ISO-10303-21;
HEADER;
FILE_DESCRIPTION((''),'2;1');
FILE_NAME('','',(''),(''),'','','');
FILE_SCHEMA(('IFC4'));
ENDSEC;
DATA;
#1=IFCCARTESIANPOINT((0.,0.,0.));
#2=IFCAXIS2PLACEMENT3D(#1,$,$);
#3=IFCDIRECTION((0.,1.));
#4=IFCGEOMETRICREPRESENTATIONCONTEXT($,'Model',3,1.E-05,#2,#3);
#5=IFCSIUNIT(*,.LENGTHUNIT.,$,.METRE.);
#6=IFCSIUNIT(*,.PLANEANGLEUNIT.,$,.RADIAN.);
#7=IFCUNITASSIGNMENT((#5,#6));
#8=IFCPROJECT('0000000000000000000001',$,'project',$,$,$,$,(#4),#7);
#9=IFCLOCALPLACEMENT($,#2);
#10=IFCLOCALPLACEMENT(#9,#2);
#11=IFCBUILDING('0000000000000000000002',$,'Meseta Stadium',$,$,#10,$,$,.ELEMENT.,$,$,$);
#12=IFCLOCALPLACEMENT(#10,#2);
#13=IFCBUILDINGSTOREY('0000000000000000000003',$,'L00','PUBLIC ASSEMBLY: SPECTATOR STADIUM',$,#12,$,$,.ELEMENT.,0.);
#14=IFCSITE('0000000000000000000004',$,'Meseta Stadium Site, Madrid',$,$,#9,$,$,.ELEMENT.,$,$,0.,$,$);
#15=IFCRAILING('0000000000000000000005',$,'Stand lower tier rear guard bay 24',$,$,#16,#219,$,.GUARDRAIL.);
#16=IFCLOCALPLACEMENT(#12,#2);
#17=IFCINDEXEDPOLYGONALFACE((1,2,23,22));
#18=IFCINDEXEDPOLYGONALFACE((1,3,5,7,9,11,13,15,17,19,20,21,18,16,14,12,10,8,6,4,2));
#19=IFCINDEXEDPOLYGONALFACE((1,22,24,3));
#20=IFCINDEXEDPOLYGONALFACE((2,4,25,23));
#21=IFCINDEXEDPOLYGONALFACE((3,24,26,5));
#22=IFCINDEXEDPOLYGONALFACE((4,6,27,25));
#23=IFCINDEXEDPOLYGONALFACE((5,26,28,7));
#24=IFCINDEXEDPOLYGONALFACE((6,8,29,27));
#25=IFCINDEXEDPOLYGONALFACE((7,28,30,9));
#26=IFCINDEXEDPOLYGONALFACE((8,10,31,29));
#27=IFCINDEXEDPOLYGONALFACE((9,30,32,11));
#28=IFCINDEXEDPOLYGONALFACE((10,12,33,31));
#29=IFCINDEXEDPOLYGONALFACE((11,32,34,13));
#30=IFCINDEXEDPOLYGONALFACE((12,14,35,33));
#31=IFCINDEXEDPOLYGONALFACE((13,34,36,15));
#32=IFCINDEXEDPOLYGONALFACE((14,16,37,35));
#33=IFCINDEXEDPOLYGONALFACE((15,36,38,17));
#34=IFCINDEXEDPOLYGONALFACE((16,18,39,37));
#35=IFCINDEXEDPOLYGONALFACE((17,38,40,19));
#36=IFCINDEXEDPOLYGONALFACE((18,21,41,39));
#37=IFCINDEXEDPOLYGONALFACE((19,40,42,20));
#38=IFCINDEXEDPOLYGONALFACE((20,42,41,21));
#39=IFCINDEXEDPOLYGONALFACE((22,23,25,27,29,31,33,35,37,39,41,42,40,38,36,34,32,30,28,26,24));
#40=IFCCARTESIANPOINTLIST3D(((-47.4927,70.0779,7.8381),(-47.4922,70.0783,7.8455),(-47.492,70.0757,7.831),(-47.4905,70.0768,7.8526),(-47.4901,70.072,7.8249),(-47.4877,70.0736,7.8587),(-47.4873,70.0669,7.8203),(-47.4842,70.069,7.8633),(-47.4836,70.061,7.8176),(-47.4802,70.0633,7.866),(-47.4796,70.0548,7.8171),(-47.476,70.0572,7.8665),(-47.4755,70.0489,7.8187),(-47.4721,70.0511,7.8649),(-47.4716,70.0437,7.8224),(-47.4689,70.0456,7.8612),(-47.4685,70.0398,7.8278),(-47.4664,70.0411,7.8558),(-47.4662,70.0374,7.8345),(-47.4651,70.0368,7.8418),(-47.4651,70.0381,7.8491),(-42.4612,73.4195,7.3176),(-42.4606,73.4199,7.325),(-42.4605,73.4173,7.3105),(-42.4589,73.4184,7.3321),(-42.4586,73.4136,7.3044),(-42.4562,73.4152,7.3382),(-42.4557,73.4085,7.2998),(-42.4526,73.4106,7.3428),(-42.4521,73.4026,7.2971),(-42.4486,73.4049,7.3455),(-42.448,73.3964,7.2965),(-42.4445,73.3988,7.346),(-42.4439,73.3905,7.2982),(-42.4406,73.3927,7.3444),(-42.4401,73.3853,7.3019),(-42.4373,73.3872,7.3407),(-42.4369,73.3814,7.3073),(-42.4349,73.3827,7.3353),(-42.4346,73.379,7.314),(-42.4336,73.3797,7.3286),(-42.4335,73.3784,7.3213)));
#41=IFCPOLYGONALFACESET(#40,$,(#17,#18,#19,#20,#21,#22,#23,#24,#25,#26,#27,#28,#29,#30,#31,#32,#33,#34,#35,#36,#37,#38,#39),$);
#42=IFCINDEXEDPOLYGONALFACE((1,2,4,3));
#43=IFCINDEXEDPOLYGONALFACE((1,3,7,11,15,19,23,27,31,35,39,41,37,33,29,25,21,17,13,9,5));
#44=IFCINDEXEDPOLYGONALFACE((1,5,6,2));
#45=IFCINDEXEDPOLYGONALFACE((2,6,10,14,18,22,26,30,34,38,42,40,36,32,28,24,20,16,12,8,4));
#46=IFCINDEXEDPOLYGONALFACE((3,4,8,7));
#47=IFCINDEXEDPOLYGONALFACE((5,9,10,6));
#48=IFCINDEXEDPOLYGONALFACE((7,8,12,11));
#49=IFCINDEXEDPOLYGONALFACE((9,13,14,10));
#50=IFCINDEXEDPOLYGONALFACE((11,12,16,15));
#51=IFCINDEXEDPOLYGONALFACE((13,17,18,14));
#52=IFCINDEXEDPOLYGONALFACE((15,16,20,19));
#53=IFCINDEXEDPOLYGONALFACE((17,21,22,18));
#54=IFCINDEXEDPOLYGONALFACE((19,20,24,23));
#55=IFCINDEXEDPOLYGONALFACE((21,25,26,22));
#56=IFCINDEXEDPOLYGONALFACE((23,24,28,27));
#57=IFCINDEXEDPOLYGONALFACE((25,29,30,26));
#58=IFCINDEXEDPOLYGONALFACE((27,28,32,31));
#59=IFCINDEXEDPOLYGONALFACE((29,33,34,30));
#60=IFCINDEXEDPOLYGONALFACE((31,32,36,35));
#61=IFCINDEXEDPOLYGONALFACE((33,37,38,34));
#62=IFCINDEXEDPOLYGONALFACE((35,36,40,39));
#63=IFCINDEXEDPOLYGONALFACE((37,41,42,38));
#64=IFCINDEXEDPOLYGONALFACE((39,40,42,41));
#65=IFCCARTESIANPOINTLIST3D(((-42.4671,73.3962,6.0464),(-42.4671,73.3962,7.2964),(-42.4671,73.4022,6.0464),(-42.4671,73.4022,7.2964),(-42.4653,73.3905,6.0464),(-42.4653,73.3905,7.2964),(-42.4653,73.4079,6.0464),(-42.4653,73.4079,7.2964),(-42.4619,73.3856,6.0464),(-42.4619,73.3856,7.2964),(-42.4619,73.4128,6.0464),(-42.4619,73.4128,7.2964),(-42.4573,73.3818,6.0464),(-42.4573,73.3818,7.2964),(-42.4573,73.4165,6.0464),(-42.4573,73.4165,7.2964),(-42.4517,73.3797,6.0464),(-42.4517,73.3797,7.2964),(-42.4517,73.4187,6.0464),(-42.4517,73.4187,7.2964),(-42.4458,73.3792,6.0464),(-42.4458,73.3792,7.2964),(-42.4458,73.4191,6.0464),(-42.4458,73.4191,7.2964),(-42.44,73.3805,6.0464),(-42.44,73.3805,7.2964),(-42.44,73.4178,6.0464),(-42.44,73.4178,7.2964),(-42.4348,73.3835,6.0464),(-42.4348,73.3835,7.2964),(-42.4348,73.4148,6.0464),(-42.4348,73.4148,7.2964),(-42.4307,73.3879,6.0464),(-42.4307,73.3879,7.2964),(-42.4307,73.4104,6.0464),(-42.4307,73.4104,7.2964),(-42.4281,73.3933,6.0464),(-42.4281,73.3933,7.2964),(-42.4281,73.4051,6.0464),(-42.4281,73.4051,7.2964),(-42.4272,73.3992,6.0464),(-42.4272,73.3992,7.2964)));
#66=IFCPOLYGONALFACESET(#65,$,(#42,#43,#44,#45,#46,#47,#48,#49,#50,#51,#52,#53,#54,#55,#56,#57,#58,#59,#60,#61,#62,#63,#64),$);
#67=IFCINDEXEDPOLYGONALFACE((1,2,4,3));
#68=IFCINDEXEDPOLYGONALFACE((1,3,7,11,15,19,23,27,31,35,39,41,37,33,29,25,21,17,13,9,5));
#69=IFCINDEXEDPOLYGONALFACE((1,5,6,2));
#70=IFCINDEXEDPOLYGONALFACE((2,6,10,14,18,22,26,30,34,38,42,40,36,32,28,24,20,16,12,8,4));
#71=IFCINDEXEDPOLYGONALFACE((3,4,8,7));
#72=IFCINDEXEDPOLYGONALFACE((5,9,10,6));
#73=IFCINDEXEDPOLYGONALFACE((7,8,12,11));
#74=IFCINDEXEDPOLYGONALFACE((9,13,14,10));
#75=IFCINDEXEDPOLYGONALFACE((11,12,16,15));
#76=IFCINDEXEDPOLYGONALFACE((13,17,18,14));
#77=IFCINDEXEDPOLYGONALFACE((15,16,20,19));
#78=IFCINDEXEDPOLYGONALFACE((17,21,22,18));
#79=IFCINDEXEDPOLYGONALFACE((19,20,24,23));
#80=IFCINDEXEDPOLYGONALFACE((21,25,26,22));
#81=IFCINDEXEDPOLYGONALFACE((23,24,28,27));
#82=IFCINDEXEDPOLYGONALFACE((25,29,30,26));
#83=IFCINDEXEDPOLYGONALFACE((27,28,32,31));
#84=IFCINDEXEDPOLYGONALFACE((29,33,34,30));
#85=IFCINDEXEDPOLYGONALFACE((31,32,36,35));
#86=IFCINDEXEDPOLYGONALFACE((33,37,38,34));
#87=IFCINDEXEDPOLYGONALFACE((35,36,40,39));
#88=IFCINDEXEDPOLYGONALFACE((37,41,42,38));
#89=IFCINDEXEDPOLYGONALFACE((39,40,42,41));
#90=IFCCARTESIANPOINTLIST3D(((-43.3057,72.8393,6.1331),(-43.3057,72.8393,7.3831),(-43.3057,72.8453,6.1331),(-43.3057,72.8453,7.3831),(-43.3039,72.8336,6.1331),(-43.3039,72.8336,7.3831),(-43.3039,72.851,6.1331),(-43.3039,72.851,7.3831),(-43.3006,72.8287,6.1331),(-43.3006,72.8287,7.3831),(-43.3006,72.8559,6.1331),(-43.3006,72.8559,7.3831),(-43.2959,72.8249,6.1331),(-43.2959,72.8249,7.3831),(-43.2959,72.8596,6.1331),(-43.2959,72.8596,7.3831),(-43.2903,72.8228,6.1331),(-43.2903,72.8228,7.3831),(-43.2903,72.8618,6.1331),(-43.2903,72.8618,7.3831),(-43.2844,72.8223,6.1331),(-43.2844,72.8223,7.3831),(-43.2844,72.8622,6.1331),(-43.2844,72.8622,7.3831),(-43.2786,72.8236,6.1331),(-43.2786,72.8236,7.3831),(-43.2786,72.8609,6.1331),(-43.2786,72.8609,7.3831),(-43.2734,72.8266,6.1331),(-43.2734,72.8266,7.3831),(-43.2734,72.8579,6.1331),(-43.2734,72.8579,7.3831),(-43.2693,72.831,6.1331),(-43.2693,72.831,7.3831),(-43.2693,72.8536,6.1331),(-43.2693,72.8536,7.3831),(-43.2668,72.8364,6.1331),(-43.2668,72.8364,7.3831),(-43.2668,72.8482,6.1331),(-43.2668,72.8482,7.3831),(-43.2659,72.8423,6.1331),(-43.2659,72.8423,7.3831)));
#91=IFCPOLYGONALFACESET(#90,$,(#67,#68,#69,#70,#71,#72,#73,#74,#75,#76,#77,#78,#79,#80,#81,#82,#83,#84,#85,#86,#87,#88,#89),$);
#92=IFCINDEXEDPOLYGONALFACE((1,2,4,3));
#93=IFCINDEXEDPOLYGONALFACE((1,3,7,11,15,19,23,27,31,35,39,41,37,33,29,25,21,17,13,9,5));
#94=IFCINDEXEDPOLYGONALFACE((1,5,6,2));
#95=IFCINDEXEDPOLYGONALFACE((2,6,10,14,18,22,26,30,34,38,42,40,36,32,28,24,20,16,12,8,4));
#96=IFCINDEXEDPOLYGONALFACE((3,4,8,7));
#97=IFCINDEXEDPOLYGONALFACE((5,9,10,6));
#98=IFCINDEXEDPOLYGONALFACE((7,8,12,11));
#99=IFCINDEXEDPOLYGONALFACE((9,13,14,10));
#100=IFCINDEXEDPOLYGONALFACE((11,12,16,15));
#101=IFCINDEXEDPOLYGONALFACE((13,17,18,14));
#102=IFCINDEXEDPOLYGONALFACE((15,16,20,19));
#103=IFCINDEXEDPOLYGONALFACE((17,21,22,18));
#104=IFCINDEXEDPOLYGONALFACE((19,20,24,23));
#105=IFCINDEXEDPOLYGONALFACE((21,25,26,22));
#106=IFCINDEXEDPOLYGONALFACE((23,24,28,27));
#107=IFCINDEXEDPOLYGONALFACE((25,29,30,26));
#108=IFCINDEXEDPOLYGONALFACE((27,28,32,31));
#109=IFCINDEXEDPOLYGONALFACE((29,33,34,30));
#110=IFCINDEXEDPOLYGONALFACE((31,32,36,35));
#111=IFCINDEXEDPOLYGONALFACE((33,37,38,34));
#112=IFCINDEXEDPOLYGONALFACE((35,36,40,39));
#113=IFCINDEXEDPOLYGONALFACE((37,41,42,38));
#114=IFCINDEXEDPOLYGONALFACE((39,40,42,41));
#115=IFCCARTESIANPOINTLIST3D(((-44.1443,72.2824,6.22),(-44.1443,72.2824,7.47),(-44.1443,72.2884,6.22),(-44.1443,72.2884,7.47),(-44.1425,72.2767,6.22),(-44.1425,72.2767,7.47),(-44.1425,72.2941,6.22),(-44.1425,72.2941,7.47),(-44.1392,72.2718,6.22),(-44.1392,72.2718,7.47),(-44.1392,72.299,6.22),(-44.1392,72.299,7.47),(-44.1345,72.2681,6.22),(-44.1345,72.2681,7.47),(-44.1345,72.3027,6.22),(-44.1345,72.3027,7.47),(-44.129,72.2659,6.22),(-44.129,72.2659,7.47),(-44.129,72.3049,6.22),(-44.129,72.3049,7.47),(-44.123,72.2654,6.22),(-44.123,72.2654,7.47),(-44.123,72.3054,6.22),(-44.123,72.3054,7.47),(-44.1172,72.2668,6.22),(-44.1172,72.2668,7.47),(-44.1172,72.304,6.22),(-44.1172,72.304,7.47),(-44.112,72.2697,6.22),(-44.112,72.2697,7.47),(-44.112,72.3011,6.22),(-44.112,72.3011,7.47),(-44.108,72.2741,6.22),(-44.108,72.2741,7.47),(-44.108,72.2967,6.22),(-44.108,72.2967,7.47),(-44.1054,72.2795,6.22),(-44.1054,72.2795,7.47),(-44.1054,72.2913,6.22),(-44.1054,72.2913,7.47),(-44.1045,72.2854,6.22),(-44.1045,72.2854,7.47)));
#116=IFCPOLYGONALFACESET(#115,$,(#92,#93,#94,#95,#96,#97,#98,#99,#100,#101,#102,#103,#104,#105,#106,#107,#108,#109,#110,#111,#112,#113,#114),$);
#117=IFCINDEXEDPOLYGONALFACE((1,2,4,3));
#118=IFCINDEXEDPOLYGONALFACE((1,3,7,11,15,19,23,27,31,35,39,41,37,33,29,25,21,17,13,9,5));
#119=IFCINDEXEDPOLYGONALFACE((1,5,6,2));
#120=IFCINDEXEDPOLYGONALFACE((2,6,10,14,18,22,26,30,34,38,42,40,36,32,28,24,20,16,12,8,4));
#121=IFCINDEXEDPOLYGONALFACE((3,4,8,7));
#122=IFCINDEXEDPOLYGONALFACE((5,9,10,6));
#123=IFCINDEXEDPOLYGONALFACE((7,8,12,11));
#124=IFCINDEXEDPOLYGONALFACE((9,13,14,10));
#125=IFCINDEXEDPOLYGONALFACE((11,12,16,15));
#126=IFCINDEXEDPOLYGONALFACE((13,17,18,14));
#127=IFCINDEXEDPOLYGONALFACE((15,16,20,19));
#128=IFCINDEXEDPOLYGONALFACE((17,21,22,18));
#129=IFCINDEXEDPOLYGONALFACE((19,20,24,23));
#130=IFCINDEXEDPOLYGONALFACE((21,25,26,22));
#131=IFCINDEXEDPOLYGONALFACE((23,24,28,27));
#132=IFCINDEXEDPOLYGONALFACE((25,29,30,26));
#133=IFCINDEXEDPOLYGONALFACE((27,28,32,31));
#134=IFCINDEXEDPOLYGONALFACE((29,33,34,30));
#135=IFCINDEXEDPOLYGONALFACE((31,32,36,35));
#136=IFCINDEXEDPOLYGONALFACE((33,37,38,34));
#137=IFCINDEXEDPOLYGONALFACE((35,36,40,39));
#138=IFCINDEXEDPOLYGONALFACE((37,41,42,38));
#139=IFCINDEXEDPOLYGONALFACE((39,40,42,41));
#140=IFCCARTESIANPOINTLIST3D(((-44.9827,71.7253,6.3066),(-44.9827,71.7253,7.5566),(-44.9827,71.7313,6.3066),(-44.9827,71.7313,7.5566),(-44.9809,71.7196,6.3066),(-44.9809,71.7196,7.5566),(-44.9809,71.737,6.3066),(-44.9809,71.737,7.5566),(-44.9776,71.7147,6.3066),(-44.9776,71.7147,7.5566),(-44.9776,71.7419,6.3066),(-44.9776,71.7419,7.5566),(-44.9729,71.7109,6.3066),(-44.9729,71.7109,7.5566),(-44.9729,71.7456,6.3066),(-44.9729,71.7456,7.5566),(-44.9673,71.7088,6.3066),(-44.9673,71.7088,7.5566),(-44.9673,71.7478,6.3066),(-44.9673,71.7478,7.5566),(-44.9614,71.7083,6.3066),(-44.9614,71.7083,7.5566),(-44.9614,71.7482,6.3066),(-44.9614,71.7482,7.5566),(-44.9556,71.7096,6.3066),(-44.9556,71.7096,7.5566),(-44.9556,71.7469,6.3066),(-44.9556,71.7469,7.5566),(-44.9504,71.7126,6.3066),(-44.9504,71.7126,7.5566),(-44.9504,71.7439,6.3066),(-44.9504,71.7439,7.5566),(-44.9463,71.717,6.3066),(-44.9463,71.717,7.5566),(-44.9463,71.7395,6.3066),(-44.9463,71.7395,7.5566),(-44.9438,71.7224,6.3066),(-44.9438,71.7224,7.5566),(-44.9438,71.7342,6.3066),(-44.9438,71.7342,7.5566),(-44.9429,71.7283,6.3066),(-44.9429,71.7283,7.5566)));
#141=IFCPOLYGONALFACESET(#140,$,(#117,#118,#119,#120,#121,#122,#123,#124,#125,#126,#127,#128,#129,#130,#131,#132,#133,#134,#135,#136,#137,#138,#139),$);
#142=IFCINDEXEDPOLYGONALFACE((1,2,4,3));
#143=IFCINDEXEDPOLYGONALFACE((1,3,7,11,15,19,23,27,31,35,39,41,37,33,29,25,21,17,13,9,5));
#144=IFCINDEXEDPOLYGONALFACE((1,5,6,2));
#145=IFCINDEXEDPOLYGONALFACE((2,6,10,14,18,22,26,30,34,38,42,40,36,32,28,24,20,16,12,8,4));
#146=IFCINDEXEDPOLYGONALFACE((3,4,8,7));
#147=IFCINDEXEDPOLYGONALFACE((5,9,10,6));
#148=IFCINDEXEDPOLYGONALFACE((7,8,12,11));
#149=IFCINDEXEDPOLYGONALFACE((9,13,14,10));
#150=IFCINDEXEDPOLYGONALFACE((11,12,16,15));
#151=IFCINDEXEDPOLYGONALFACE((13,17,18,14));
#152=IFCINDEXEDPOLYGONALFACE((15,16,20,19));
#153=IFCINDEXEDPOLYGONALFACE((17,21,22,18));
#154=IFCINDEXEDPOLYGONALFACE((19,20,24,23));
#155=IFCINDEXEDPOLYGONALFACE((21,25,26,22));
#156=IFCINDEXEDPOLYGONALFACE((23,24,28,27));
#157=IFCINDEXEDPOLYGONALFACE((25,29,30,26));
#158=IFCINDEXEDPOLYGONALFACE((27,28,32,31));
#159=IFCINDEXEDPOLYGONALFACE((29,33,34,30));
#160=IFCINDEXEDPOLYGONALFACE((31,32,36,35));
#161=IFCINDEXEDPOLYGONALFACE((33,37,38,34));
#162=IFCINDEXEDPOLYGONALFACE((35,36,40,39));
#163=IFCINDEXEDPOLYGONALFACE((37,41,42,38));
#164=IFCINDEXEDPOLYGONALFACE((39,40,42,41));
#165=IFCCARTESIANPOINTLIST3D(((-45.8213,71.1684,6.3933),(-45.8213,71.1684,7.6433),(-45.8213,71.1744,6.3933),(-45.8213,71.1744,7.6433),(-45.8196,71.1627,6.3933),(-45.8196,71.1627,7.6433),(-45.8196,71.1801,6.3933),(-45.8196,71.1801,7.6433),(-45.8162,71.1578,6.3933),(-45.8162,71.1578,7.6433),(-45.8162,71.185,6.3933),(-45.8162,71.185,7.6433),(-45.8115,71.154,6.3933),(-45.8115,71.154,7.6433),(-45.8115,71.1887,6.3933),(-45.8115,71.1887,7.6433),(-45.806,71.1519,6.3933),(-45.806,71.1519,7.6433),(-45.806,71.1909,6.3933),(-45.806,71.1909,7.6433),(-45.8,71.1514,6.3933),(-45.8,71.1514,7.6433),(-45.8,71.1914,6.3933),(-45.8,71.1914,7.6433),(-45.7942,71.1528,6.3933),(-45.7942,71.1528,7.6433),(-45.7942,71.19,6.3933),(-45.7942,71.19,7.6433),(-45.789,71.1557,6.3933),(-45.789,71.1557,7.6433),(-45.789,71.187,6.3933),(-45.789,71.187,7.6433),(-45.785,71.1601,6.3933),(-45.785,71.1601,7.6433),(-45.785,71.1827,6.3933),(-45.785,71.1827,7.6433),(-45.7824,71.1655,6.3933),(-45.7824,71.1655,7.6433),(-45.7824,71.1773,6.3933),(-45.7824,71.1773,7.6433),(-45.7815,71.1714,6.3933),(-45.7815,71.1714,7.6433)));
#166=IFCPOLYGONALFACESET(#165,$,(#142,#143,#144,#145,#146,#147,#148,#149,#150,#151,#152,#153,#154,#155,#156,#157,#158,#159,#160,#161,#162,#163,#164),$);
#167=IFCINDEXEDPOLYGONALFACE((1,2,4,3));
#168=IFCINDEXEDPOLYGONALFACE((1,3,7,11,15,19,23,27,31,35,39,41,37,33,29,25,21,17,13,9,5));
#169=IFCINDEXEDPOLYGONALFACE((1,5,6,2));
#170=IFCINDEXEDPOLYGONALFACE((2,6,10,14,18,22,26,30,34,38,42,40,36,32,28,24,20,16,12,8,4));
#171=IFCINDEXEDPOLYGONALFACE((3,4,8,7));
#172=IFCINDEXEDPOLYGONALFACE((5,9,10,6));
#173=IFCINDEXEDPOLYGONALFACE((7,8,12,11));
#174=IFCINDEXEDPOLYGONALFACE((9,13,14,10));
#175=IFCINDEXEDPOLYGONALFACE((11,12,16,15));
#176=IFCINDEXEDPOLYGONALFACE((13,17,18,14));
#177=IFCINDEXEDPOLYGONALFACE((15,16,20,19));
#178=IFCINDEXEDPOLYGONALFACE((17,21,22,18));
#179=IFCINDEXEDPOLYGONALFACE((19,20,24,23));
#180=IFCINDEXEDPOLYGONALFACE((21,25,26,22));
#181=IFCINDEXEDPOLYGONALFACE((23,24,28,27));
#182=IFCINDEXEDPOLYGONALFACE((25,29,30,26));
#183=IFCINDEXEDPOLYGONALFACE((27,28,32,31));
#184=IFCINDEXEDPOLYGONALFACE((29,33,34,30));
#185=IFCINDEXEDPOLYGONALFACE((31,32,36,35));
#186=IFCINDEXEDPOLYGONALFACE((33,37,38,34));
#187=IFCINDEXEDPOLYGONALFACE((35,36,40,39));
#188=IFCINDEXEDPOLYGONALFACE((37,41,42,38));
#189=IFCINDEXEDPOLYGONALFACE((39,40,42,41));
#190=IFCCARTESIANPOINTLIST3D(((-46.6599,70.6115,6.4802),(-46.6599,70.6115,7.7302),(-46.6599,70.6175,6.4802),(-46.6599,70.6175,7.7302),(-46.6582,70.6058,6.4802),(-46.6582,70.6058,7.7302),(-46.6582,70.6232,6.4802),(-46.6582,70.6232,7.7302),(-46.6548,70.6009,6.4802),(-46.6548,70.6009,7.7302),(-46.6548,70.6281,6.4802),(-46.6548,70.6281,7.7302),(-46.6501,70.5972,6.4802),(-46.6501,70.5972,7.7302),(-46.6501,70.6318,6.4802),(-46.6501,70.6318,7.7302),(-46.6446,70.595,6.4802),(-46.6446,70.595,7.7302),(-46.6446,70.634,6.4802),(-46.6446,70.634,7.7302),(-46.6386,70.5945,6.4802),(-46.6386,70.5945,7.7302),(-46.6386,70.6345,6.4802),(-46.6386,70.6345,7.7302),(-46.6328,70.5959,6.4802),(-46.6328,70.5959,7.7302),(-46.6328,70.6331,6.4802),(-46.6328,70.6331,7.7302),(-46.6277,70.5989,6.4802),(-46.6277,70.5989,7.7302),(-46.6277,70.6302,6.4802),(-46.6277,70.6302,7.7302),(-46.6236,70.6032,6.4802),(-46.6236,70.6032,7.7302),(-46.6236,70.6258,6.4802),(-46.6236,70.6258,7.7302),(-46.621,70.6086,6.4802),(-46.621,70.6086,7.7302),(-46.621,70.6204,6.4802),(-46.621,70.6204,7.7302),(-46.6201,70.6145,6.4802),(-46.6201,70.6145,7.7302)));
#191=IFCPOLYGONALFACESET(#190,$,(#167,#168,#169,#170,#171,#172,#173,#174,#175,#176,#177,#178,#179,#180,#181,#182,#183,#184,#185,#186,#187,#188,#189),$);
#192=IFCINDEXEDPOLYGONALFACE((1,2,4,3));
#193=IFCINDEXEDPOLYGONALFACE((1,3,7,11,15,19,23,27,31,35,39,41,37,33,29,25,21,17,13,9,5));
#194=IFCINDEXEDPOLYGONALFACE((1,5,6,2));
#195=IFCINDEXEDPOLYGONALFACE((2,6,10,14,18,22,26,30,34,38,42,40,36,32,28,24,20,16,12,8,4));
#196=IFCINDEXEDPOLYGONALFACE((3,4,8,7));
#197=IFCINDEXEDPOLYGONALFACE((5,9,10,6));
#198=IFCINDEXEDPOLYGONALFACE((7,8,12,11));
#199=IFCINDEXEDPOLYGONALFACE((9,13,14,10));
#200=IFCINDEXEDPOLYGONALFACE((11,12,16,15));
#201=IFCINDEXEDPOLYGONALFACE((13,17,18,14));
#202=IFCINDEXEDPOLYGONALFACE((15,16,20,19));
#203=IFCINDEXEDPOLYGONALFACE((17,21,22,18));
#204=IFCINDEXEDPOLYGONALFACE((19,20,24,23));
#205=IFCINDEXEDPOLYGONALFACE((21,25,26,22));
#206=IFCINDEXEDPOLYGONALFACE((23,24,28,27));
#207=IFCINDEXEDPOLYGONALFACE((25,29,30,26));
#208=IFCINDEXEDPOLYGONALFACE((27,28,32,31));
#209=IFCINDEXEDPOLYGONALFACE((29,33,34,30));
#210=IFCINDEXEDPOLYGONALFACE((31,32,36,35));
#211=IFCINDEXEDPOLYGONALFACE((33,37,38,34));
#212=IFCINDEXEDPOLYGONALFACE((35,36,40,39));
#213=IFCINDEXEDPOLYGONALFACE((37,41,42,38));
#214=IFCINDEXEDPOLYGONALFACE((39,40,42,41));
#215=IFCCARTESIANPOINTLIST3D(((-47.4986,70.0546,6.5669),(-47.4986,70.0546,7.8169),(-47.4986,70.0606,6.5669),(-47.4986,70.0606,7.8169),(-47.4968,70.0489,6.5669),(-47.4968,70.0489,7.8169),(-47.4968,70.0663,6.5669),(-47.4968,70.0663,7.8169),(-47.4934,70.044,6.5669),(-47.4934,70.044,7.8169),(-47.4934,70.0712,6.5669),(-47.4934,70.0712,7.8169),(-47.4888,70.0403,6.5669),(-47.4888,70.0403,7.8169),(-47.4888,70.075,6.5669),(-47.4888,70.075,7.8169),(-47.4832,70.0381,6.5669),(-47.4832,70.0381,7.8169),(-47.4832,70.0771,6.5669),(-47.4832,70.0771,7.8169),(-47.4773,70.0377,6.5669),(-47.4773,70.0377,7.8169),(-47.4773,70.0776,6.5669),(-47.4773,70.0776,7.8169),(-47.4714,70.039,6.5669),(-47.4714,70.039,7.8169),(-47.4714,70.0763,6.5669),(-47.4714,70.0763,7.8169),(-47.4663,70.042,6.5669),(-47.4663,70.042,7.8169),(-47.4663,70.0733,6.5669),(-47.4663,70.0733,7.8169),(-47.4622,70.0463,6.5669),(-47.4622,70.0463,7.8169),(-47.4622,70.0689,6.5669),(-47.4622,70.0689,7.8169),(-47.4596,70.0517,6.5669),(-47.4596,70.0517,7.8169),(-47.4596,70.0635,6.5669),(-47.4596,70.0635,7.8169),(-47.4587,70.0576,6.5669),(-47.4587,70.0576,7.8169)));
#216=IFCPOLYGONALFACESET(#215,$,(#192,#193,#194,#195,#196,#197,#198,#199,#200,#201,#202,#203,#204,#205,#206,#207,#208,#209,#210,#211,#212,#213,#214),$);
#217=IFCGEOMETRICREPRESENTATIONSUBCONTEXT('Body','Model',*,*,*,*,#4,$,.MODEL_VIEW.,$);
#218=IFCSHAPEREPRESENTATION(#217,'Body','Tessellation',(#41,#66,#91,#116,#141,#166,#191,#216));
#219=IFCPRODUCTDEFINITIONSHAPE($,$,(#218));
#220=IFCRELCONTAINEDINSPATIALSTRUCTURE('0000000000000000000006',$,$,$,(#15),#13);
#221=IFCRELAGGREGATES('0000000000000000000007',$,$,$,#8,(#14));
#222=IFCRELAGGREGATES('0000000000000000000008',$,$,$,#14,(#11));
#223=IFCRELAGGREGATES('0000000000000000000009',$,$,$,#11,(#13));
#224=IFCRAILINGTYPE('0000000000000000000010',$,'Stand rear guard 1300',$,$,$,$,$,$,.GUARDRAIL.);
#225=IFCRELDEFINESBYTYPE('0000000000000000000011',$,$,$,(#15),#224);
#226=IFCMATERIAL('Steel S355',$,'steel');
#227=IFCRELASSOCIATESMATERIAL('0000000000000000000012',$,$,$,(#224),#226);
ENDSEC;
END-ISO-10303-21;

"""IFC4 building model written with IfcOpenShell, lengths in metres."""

from ifc_helpers import new_model, si_unit, direction, frame, origin, origin_2d, place, context, subcontext, project, spatial, circle, extrude, material, type_object, element, save


model = new_model("IFC4")

# Units and contexts
model_context = context("Model", 3, precision=1e-05, world=origin(), true_north=direction((0.0, 1.0)))
body_context = subcontext(model_context, "Body", "Model", "MODEL_VIEW")
ifc_project = project(units=[si_unit("LENGTHUNIT", "METRE"), si_unit("PLANEANGLEUNIT", "RADIAN")], contexts=[model_context])

# Site, building, storey
site_placement = place(None, origin())
site = spatial("IfcSite", under=ifc_project, at=site_placement, Name="Meseta Stadium Site, Madrid", CompositionType="ELEMENT", RefElevation=0.0)
building_placement = place(site_placement, origin())
building = spatial("IfcBuilding", under=site, at=building_placement, Name="Meseta Stadium", CompositionType="ELEMENT")
storey_placement = place(building_placement, origin())
storey = spatial("IfcBuildingStorey", under=building, at=storey_placement, Name="L00", Description="PUBLIC ASSEMBLY: SPECTATOR STADIUM", CompositionType="ELEMENT", Elevation=0.0)

# Railing
ifc_material_1 = material(Name="Steel S355", Category="steel")
railing_type_1 = type_object("IfcRailingType", Name="Stand rear guard 1300", PredefinedType="GUARDRAIL", material=ifc_material_1)
railing_1_placement = place(storey_placement, frame((-42.4473, 73.3992, 6.0464)))
element("IfcRailing", 1, at=railing_1_placement, inside=storey, type_object=railing_type_1, Name="Stand lower tier rear guard bay 24", PredefinedType="GUARDRAIL", context=body_context, shape_type="SweptSolid", body=[
    extrude(circle(Radius=0.0249, at=origin_2d()), frame((0.0, 0.0, 1.2749), z_axis=(-0.829949, -0.551192, 0.085858), x_axis=(0.553235, -0.833025, 0.0)), (0.0, 0.0, 1.0), 6.0625),
    extrude(circle(Radius=0.02, at=origin_2d()), origin(), (0.0, 0.0, 1.0), 1.25),
    extrude(circle(Radius=0.02, at=origin_2d()), frame((-0.8386, -0.5569, 0.0867)), (0.0, 0.0, 1.0), 1.25),
    extrude(circle(Radius=0.02, at=origin_2d()), frame((-1.6772, -1.1138, 0.1736)), (0.0, 0.0, 1.0), 1.25),
    extrude(circle(Radius=0.02, at=origin_2d()), frame((-2.5156, -1.6709, 0.2603)), (0.0, 0.0, 1.0), 1.25),
    extrude(circle(Radius=0.02, at=origin_2d()), frame((-3.3542, -2.2278, 0.3469)), (0.0, 0.0, 1.0), 1.25),
    extrude(circle(Radius=0.02, at=origin_2d()), frame((-4.1929, -2.7847, 0.4338)), (0.0, 0.0, 1.0), 1.25),
    extrude(circle(Radius=0.02, at=origin_2d()), frame((-5.0315, -3.3416, 0.5205)), (0.0, 0.0, 1.0), 1.25),
])

save(model, "model.ifc")
